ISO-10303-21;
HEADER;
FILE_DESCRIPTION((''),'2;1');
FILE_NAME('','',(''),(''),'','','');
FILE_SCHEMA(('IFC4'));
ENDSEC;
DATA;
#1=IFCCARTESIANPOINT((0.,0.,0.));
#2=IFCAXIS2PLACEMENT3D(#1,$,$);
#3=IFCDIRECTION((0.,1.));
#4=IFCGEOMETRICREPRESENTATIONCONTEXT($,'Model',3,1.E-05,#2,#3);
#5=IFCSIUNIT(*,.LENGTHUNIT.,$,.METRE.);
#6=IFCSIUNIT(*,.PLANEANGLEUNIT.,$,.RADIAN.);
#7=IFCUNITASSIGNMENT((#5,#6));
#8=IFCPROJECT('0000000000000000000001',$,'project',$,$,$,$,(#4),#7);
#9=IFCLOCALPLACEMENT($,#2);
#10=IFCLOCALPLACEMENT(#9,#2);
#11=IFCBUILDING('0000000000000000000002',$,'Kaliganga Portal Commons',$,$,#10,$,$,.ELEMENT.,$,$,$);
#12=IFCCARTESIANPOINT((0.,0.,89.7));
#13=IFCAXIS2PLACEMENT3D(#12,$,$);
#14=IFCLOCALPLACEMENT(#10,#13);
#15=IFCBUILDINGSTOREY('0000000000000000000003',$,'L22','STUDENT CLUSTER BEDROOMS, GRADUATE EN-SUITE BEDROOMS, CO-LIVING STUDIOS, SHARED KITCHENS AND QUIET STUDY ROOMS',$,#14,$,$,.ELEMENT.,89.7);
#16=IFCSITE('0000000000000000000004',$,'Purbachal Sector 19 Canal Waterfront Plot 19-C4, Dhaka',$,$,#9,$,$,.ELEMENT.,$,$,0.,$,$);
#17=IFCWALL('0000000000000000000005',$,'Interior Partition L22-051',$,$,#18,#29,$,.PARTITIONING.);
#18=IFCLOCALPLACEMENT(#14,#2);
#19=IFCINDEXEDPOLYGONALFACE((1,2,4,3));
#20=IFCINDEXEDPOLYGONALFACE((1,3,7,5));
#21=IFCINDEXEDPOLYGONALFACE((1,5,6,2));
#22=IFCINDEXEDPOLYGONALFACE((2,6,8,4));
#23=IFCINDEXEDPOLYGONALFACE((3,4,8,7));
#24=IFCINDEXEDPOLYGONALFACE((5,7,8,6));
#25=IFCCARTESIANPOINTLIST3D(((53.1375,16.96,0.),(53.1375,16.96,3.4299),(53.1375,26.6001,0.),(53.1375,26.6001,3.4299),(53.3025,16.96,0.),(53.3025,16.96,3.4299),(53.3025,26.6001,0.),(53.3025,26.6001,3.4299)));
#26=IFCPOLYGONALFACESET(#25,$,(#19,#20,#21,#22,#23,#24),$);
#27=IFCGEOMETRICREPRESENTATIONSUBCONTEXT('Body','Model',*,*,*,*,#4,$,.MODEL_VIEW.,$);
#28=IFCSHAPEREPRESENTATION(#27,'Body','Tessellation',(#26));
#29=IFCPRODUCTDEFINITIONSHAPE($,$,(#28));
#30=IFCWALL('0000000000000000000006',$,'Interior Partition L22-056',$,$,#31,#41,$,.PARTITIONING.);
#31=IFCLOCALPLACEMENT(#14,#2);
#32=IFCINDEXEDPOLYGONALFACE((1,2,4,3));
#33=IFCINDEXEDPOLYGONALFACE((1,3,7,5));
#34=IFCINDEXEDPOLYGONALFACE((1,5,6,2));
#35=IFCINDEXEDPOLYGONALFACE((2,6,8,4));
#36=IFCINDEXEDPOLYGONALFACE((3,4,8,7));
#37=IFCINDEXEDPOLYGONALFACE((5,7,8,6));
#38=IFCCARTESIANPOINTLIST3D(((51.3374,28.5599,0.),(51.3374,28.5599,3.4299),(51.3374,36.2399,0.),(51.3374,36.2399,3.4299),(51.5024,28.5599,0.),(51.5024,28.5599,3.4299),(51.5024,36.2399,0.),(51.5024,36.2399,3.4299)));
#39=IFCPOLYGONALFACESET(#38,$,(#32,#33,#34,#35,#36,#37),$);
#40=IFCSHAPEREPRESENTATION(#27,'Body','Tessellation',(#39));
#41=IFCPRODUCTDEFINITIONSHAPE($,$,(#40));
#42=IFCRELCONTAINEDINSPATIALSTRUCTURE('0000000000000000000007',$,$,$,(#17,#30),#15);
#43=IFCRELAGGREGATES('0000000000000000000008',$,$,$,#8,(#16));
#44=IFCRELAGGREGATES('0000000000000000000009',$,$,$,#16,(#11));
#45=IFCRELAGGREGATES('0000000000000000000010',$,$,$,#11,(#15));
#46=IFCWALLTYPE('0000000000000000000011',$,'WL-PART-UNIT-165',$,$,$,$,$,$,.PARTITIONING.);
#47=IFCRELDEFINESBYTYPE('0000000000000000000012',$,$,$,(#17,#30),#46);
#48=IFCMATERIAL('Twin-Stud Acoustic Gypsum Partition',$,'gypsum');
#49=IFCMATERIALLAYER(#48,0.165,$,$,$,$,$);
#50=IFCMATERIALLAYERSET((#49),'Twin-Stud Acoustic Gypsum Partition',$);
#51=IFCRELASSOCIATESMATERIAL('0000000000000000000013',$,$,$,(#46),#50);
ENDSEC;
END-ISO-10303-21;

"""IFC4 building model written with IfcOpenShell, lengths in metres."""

from ifc_helpers import new_model, si_unit, direction, frame, frame_2d, origin, place, context, subcontext, project, spatial, rectangle, extrude, material, layer, layer_set, type_object, element, save


model = new_model("IFC4")

# Units and contexts
model_context = context("Model", 3, precision=1e-05, world=origin(), true_north=direction((0.0, 1.0)))
body_context = subcontext(model_context, "Body", "Model", "MODEL_VIEW")
ifc_project = project(units=[si_unit("LENGTHUNIT", "METRE"), si_unit("PLANEANGLEUNIT", "RADIAN")], contexts=[model_context])

# Site, building, storey
site_placement = place(None, origin())
site = spatial("IfcSite", under=ifc_project, at=site_placement, Name="Purbachal Sector 19 Canal Waterfront Plot 19-C4, Dhaka", CompositionType="ELEMENT", RefElevation=0.0)
building_placement = place(site_placement, origin())
building = spatial("IfcBuilding", under=site, at=building_placement, Name="Kaliganga Portal Commons", CompositionType="ELEMENT")
storey_placement = place(building_placement, frame((0.0, 0.0, 89.7)))
storey = spatial("IfcBuildingStorey", under=building, at=storey_placement, Name="L22", Description="STUDENT CLUSTER BEDROOMS, GRADUATE EN-SUITE BEDROOMS, CO-LIVING STUDIOS, SHARED KITCHENS AND QUIET STUDY ROOMS", CompositionType="ELEMENT", Elevation=89.7)

# Walls
ifc_material_1 = material(Name="Twin-Stud Acoustic Gypsum Partition", Category="gypsum")
ifc_layer_1 = layer(ifc_material_1, 0.165)
ifc_layer_set_1 = layer_set([ifc_layer_1], Name="Twin-Stud Acoustic Gypsum Partition")
wall_type_1 = type_object("IfcWallType", Name="WL-PART-UNIT-165", PredefinedType="PARTITIONING", material=ifc_layer_set_1)
wall_1_placement = place(storey_placement, frame((53.22, 16.96, 0.0), z_axis=(0.0, 0.0, 1.0), x_axis=(0.0, 1.0, 0.0)))
element("IfcWall", 1, at=wall_1_placement, inside=storey, type_object=wall_type_1, Name="Interior Partition L22-051", PredefinedType="PARTITIONING", context=body_context, shape_type="SweptSolid", body=[
    extrude(rectangle(XDim=9.6401, YDim=0.165, at=frame_2d((4.8201, 0.0))), origin(), (0.0, 0.0, 1.0), 3.4299),
])
wall_2_placement = place(storey_placement, frame((51.4199, 28.5601, 0.0), z_axis=(0.0, 0.0, 1.0), x_axis=(0.0, 1.0, 0.0)))
element("IfcWall", 2, at=wall_2_placement, inside=storey, type_object=wall_type_1, Name="Interior Partition L22-056", PredefinedType="PARTITIONING", context=body_context, shape_type="SweptSolid", body=[
    extrude(rectangle(XDim=7.6799, YDim=0.165, at=frame_2d((3.8398, 0.0))), origin(), (0.0, 0.0, 1.0), 3.4299),
])

save(model, "model.ifc")
